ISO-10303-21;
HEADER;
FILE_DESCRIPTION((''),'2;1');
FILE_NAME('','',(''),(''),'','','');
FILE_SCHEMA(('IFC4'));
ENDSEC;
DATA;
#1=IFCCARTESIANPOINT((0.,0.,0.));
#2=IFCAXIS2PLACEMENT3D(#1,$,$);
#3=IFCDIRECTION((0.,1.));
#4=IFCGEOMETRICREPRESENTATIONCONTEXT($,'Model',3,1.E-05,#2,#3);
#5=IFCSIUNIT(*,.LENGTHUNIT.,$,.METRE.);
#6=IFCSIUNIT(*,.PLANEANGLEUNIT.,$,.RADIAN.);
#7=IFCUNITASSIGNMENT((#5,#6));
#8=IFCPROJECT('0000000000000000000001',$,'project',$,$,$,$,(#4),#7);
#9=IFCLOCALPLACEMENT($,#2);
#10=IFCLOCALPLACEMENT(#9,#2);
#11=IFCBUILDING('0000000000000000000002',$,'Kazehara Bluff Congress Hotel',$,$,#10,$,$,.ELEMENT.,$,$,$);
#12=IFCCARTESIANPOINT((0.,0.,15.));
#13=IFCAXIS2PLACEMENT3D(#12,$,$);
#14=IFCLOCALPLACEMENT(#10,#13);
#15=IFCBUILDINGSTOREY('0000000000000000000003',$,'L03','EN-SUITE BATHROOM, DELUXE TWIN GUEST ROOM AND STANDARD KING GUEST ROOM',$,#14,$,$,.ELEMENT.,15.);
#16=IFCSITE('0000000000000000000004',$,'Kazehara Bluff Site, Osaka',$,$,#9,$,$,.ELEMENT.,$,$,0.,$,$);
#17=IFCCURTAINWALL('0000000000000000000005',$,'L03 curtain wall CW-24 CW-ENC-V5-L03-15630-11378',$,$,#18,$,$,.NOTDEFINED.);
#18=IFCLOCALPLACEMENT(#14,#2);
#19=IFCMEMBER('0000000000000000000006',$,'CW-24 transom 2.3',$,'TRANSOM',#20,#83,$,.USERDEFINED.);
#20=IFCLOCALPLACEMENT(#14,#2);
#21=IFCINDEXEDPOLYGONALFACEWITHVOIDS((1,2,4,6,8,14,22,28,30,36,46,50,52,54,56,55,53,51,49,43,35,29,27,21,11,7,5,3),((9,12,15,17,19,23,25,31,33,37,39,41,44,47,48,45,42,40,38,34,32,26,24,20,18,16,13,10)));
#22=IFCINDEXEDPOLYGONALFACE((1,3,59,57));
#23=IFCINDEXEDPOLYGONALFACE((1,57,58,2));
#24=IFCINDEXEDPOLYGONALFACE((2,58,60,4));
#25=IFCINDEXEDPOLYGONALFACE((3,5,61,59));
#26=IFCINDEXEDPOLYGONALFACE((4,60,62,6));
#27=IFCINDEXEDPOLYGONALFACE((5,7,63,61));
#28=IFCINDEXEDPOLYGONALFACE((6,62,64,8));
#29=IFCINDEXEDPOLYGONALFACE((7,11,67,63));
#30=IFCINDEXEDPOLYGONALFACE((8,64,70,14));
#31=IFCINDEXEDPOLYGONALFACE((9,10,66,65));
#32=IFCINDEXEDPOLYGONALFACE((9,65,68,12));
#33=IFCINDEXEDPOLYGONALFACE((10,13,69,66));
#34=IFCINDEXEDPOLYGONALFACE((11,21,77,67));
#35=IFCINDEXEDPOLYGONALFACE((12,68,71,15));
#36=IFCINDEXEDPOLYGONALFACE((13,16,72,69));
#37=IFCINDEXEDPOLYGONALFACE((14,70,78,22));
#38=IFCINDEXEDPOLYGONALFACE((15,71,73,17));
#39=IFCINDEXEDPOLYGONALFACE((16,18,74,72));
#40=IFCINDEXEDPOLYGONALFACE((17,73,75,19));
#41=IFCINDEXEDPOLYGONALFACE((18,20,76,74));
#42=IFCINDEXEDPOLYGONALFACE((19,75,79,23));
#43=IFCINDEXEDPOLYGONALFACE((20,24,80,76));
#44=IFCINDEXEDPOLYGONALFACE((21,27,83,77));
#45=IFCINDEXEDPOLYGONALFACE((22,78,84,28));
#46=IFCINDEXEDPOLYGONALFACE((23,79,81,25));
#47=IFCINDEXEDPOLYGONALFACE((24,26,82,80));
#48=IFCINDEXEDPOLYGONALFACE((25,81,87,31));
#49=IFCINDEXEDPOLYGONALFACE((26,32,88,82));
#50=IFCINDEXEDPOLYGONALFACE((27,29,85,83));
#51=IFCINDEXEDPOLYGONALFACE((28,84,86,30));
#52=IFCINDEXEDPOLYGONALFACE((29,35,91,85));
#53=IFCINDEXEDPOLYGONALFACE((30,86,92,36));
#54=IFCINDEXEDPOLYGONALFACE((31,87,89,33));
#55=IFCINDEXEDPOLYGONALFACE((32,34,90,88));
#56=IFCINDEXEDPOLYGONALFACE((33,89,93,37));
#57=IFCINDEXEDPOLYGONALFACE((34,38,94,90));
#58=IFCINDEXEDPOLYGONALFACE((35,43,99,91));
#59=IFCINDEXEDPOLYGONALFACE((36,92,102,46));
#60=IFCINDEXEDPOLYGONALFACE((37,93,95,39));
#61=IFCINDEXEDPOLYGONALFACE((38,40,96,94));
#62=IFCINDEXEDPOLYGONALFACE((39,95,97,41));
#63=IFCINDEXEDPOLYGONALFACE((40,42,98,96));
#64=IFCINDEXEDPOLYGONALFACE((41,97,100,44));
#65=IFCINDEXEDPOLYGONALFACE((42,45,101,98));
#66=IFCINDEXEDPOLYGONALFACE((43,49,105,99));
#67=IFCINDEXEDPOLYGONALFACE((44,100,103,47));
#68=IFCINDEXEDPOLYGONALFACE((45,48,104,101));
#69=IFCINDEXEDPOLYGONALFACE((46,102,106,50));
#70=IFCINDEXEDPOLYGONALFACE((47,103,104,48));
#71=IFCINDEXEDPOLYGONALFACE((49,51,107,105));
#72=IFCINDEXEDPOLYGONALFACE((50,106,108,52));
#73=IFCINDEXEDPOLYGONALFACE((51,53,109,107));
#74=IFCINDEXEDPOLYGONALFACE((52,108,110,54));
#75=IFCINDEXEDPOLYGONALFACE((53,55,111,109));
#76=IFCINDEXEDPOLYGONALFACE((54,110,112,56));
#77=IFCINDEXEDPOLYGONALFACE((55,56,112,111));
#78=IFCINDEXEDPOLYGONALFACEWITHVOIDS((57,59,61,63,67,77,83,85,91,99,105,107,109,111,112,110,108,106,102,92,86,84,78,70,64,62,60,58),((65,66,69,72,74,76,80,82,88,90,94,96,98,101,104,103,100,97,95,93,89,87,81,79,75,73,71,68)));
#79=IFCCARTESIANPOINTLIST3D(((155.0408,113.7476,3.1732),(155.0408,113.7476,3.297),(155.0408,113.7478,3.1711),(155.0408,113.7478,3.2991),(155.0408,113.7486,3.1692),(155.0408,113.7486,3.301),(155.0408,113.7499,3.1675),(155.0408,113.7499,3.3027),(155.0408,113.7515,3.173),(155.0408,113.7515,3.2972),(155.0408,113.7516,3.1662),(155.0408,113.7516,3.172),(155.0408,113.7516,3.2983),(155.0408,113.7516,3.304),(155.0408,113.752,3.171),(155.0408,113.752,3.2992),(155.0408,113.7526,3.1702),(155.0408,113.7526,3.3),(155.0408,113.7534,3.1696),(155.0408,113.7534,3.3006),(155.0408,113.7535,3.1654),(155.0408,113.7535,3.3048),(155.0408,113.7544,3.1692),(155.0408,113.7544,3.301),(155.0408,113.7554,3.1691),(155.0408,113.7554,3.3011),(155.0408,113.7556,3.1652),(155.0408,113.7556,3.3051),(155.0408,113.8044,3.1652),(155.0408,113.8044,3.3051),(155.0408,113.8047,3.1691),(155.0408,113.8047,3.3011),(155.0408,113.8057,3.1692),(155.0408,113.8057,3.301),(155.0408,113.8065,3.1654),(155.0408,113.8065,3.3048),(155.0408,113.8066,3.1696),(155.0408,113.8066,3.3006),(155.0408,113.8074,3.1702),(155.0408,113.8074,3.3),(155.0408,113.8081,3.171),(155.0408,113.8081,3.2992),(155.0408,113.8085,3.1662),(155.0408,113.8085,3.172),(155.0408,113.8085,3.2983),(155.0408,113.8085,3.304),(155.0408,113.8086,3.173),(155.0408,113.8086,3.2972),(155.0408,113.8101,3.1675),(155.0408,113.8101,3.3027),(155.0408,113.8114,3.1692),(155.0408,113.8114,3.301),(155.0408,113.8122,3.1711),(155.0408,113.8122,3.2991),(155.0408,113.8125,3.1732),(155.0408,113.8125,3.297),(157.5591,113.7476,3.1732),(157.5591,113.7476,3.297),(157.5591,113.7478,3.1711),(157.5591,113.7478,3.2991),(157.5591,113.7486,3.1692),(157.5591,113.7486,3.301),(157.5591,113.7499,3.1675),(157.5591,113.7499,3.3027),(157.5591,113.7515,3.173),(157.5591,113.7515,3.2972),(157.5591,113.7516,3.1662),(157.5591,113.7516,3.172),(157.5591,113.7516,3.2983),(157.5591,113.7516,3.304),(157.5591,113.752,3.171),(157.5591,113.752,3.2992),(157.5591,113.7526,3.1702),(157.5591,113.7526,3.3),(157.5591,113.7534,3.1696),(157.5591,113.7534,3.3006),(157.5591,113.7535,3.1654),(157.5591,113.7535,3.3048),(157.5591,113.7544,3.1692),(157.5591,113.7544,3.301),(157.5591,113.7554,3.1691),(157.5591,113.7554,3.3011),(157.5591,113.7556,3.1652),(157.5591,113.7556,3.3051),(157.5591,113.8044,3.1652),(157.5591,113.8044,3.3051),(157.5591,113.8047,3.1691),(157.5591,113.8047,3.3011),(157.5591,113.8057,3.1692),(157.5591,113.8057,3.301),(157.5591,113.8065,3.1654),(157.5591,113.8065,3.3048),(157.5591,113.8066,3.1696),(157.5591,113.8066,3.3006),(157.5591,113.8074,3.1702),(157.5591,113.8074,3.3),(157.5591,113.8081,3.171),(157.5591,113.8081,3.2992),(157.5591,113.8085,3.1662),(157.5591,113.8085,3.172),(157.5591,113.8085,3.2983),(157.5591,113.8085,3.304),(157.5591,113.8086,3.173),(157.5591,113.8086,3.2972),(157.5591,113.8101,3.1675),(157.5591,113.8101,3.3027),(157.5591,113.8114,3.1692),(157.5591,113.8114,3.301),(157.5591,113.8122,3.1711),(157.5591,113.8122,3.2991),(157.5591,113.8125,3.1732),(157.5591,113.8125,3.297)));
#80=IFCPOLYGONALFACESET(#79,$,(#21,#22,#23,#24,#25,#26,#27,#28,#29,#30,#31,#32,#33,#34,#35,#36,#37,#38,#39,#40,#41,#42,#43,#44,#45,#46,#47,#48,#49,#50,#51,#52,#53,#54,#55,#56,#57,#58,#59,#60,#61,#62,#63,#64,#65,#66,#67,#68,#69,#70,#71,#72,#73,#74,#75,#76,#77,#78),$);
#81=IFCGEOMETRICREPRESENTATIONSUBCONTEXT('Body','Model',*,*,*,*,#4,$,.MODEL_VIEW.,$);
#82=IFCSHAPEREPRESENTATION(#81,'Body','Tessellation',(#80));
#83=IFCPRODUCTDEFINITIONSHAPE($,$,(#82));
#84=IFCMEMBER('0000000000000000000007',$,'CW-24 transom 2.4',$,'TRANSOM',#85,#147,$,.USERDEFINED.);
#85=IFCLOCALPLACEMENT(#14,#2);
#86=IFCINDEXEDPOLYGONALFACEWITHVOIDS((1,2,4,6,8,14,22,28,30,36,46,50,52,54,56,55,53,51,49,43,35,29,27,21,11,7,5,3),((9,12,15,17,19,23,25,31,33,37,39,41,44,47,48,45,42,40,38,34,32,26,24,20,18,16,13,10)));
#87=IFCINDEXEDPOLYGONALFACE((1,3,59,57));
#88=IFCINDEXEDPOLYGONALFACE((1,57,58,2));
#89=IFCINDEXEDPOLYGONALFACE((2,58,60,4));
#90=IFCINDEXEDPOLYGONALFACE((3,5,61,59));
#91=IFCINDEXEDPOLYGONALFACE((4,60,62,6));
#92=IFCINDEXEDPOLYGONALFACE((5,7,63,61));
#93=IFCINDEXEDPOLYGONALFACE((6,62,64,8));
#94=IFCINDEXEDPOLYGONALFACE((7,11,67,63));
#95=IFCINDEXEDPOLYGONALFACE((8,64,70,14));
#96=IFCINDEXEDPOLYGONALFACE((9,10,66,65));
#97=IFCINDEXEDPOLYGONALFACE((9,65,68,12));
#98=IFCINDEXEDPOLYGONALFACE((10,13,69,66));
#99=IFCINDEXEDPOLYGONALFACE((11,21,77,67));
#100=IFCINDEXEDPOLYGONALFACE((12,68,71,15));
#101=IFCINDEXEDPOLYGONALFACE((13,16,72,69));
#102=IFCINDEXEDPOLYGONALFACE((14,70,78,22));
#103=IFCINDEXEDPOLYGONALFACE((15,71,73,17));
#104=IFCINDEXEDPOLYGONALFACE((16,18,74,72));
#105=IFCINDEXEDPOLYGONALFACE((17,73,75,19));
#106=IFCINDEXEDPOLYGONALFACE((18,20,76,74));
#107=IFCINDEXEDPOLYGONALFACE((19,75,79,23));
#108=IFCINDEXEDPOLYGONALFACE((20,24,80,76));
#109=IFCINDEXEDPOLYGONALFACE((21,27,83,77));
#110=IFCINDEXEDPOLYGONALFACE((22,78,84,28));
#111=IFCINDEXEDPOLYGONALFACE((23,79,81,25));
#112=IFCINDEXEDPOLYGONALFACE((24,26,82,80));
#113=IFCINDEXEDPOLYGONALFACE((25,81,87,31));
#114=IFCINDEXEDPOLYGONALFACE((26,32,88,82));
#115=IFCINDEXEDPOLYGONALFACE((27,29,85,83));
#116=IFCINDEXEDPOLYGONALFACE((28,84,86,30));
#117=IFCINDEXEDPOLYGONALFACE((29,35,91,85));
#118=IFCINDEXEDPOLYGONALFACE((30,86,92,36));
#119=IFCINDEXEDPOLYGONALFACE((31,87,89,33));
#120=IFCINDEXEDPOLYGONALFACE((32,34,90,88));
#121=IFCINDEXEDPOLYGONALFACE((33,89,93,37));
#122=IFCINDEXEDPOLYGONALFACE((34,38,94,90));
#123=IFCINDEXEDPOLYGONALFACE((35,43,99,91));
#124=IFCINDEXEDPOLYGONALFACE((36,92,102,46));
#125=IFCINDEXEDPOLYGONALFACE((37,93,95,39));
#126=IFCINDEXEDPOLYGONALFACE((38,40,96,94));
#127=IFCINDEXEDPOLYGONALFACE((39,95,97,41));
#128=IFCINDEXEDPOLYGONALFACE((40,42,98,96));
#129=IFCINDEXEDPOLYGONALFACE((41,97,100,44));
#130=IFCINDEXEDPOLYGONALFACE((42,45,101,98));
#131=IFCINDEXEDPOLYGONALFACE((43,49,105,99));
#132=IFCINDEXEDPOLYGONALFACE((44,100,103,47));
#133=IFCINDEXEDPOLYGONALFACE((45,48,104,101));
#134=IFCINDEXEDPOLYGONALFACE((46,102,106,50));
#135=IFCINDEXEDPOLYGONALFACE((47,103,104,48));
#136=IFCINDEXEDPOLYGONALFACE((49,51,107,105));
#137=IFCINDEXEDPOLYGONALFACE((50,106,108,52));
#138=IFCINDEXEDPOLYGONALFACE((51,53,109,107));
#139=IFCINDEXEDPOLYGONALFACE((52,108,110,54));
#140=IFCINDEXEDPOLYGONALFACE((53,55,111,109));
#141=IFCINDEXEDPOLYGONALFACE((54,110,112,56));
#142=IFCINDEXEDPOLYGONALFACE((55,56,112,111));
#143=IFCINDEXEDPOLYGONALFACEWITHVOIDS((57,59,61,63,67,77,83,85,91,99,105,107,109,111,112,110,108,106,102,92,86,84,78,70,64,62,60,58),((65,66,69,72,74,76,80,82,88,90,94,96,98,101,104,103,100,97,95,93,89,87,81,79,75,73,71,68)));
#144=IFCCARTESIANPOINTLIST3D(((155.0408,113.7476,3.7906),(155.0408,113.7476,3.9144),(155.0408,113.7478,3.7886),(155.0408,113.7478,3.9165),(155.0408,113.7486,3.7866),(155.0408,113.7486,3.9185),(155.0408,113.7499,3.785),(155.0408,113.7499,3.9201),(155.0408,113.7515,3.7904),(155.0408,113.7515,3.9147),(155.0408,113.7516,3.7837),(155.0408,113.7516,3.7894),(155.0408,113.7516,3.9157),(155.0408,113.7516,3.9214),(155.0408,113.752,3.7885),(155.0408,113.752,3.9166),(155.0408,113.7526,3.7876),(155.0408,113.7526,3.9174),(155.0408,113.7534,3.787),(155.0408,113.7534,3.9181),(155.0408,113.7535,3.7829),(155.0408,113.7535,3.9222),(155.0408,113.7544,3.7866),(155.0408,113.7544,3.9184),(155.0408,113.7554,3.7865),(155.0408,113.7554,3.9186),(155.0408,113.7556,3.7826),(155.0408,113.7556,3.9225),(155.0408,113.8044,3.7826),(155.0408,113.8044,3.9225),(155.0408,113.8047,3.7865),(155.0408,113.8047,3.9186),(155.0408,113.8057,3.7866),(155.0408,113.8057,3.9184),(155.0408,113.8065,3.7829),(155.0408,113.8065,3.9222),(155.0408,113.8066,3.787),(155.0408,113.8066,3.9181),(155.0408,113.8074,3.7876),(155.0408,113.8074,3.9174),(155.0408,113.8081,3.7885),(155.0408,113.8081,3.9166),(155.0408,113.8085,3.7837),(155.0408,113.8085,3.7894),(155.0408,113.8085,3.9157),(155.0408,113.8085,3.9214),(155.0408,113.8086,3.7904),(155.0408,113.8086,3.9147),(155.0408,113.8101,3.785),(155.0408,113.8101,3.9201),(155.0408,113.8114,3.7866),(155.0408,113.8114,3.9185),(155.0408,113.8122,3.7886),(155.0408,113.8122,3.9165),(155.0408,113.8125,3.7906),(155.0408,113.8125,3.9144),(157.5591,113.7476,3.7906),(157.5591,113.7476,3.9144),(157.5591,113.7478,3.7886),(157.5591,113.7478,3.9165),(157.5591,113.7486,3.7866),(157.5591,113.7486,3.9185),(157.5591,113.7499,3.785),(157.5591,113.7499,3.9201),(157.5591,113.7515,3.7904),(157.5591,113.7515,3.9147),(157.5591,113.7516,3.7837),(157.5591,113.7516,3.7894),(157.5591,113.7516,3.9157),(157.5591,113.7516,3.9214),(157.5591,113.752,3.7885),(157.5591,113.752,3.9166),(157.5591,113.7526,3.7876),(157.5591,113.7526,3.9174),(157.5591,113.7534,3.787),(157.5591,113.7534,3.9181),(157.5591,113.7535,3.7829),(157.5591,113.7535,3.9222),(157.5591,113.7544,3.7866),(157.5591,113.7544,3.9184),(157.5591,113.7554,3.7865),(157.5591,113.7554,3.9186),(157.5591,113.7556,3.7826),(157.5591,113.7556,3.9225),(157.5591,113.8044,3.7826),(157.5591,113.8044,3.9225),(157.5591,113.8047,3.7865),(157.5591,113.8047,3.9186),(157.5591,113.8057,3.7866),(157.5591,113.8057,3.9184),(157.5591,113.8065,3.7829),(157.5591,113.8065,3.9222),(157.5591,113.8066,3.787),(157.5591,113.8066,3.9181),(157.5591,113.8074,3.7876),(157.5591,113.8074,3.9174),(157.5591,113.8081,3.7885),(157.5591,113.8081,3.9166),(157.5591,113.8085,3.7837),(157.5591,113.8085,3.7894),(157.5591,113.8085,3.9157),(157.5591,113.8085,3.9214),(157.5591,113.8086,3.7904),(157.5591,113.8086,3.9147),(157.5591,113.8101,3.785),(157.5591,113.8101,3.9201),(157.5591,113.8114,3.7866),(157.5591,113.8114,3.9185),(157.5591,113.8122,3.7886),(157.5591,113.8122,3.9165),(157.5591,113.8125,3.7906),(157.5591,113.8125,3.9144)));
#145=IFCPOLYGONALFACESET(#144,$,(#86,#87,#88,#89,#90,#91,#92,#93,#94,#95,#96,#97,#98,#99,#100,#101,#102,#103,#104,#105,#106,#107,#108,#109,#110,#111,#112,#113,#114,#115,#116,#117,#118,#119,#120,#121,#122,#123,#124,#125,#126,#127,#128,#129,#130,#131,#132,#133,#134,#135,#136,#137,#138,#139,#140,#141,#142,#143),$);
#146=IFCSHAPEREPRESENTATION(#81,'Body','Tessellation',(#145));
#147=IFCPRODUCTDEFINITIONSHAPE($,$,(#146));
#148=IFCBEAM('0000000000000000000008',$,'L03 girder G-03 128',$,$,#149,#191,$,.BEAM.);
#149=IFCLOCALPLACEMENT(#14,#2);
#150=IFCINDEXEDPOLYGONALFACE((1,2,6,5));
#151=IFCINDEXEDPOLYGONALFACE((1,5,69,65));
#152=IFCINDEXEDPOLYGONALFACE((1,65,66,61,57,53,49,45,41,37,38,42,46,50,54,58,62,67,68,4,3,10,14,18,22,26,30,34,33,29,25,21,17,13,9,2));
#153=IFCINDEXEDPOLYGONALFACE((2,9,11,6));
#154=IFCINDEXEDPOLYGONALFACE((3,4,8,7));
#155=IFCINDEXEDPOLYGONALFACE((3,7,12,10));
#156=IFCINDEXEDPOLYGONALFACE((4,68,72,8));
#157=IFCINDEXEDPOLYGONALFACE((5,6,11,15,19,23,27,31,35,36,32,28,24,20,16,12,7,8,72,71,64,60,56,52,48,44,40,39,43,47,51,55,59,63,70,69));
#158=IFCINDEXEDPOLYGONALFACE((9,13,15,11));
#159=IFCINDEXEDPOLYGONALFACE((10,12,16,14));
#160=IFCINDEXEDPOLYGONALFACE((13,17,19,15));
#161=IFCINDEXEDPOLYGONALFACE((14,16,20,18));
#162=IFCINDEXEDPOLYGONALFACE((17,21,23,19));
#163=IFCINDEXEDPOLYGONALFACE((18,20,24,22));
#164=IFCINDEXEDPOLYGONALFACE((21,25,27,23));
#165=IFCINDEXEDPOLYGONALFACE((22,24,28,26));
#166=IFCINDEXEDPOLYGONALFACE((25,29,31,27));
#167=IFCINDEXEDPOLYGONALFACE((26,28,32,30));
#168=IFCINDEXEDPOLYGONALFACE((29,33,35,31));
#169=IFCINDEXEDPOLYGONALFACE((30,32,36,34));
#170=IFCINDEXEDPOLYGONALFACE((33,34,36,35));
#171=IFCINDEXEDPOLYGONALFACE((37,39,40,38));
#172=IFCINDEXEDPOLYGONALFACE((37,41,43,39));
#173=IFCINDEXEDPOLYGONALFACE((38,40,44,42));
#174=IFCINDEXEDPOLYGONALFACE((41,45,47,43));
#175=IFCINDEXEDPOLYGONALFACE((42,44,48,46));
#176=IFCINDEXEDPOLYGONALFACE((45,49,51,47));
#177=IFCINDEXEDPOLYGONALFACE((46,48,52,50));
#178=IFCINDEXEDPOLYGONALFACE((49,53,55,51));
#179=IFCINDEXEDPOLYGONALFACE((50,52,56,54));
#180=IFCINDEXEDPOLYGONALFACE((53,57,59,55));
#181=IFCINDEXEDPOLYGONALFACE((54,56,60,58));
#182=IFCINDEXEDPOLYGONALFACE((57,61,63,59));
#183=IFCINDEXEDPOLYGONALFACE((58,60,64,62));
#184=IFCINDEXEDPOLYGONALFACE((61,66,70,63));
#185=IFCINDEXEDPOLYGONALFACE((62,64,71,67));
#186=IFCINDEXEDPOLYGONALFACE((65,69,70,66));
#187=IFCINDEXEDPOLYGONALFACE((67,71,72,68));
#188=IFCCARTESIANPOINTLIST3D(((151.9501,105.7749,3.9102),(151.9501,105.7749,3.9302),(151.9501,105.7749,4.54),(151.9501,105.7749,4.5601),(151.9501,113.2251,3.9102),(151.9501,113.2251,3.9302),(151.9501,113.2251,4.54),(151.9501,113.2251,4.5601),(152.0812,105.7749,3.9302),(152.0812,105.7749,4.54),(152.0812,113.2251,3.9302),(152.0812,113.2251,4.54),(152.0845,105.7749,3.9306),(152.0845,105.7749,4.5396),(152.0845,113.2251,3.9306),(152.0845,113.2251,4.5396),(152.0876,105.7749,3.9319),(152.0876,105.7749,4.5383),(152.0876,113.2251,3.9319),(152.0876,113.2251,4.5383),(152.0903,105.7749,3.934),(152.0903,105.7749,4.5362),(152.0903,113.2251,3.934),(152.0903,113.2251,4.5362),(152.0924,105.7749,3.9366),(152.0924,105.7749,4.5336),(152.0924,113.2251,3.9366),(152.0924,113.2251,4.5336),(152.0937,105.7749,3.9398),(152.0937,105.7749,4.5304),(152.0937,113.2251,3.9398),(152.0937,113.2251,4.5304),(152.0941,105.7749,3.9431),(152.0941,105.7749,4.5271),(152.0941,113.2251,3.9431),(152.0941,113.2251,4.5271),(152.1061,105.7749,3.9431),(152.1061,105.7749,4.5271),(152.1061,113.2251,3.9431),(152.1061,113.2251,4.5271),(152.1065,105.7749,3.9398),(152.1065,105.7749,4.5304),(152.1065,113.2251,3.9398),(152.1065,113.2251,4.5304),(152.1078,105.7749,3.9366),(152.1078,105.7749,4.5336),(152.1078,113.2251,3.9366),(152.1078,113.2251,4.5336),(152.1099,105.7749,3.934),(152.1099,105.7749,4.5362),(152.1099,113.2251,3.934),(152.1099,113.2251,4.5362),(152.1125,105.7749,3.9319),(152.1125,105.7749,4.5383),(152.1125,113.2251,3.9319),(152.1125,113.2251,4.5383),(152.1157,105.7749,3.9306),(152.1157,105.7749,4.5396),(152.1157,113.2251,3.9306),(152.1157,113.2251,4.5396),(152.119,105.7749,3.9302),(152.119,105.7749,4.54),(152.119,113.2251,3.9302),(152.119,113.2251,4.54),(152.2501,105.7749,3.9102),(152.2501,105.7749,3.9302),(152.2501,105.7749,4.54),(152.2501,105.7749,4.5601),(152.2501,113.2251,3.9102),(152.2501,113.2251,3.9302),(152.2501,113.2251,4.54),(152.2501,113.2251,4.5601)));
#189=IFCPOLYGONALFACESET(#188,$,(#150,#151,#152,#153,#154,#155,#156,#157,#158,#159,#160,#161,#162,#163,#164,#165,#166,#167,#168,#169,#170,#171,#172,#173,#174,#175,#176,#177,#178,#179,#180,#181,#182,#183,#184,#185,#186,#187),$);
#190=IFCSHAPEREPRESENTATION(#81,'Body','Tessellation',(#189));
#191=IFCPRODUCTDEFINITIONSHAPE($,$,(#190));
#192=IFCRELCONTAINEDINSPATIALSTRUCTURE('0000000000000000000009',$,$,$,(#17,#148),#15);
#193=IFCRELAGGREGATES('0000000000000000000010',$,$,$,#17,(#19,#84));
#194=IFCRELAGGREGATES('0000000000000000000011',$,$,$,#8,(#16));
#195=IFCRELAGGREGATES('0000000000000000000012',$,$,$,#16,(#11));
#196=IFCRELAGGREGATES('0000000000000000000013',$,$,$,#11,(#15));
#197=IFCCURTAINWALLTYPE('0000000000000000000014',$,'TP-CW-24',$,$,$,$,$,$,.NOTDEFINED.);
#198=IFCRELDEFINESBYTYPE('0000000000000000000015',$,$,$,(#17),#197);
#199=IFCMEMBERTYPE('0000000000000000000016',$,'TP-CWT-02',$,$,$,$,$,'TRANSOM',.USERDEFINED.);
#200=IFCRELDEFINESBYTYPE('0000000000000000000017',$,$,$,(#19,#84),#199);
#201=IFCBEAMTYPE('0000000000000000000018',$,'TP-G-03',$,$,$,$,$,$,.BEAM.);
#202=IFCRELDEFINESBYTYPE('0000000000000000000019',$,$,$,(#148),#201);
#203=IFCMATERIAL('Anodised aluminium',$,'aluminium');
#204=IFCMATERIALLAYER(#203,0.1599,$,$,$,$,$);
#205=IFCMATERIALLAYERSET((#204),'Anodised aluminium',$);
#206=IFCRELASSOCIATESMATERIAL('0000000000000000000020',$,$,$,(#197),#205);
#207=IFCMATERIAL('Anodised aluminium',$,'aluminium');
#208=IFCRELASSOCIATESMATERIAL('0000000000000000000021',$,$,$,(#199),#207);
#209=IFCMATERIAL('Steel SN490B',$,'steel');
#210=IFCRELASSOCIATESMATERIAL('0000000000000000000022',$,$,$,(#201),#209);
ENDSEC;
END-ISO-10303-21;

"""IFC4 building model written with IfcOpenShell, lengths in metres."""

from ifc_helpers import new_model, si_unit, direction, frame, origin, origin_2d, place, context, subcontext, project, spatial, hollow_rectangle, i_section, extrude, material, layer, layer_set, material_profile, profile_set, type_object, element, aggregate, save


model = new_model("IFC4")

# Units and contexts
model_context = context("Model", 3, precision=1e-05, world=origin(), true_north=direction((0.0, 1.0)))
body_context = subcontext(model_context, "Body", "Model", "MODEL_VIEW")
ifc_project = project(units=[si_unit("LENGTHUNIT", "METRE"), si_unit("PLANEANGLEUNIT", "RADIAN")], contexts=[model_context])

# Site, building, storey
site_placement = place(None, origin())
site = spatial("IfcSite", under=ifc_project, at=site_placement, Name="Kazehara Bluff Site, Osaka", CompositionType="ELEMENT", RefElevation=0.0)
building_placement = place(site_placement, origin())
building = spatial("IfcBuilding", under=site, at=building_placement, Name="Kazehara Bluff Congress Hotel", CompositionType="ELEMENT")
storey_placement = place(building_placement, frame((0.0, 0.0, 15.0)))
storey = spatial("IfcBuildingStorey", under=building, at=storey_placement, Name="L03", Description="EN-SUITE BATHROOM, DELUXE TWIN GUEST ROOM AND STANDARD KING GUEST ROOM", CompositionType="ELEMENT", Elevation=15.0)

# Shared definitions
ifc_material_1 = material(Name="Anodised aluminium", Category="aluminium")
ifc_layer_1 = layer(ifc_material_1, 0.1599)
ifc_layer_set_1 = layer_set([ifc_layer_1], Name="Anodised aluminium")
curtain_wall_type = type_object("IfcCurtainWallType", Name="TP-CW-24", PredefinedType="NOTDEFINED", material=ifc_layer_set_1)

# Curtain wall
curtain_wall_1_placement = place(storey_placement, origin())
curtain_wall_1 = element("IfcCurtainWall", 1, at=curtain_wall_1_placement, inside=storey, type_object=curtain_wall_type, Name="L03 curtain wall CW-24 CW-ENC-V5-L03-15630-11378", PredefinedType="NOTDEFINED")

# Members
ifc_material_2 = material(Name="Anodised aluminium", Category="aluminium")
ifc_material_profile_1 = material_profile(ifc_material_2, hollow_rectangle(XDim=0.0649, YDim=0.1399, WallThickness=0.0039, InnerFilletRadius=0.0039, OuterFilletRadius=0.0081, at=origin_2d()))
ifc_profile_set_1 = profile_set([ifc_material_profile_1], Name="Anodised aluminium")
member_type_1 = type_object("IfcMemberType", Name="TP-CWT-02", ElementType="TRANSOM", PredefinedType="USERDEFINED", material=ifc_profile_set_1)
member_1_placement = place(storey_placement, frame((155.0408, 113.78, 3.2351), z_axis=(1.0, 0.0, 0.0), x_axis=(0.0, 1.0, 0.0)))
member_1 = element("IfcMember", 2, at=member_1_placement, type_object=member_type_1, Name="CW-24 transom 2.3", ObjectType="TRANSOM", PredefinedType="USERDEFINED", context=body_context, shape_type="SweptSolid", body=[
    extrude(hollow_rectangle(XDim=0.0649, YDim=0.1399, WallThickness=0.0039, InnerFilletRadius=0.0039, OuterFilletRadius=0.0081, at=origin_2d()), origin(), (0.0, 0.0, 1.0), 2.5183),
])
member_2_placement = place(storey_placement, frame((155.0408, 113.78, 3.8525), z_axis=(1.0, 0.0, 0.0), x_axis=(0.0, 1.0, 0.0)))
member_2 = element("IfcMember", 3, at=member_2_placement, type_object=member_type_1, Name="CW-24 transom 2.4", ObjectType="TRANSOM", PredefinedType="USERDEFINED", context=body_context, shape_type="SweptSolid", body=[
    extrude(hollow_rectangle(XDim=0.0649, YDim=0.1399, WallThickness=0.0039, InnerFilletRadius=0.0039, OuterFilletRadius=0.0081, at=origin_2d()), origin(), (0.0, 0.0, 1.0), 2.5183),
])

# Beam
ifc_material_3 = material(Name="Steel SN490B", Category="steel")
ifc_material_profile_2 = material_profile(ifc_material_3, i_section(OverallWidth=0.3, OverallDepth=0.6499, WebThickness=0.012, FlangeThickness=0.02, FilletRadius=0.0129, at=origin_2d()))
ifc_profile_set_2 = profile_set([ifc_material_profile_2], Name="Steel SN490B")
beam_type_1 = type_object("IfcBeamType", Name="TP-G-03", PredefinedType="BEAM", material=ifc_profile_set_2)
beam_1_placement = place(storey_placement, frame((152.1001, 105.7749, 4.2351), z_axis=(0.0, 1.0, 0.0), x_axis=(-1.0, 0.0, 0.0)))
element("IfcBeam", 4, at=beam_1_placement, inside=storey, type_object=beam_type_1, Name="L03 girder G-03 128", PredefinedType="BEAM", context=body_context, shape_type="SweptSolid", body=[
    extrude(i_section(OverallWidth=0.3, OverallDepth=0.6499, WebThickness=0.012, FlangeThickness=0.02, FilletRadius=0.0129, at=origin_2d()), origin(), (0.0, 0.0, 1.0), 7.4502),
])

aggregate(curtain_wall_1, [member_1, member_2])

save(model, "model.ifc")
